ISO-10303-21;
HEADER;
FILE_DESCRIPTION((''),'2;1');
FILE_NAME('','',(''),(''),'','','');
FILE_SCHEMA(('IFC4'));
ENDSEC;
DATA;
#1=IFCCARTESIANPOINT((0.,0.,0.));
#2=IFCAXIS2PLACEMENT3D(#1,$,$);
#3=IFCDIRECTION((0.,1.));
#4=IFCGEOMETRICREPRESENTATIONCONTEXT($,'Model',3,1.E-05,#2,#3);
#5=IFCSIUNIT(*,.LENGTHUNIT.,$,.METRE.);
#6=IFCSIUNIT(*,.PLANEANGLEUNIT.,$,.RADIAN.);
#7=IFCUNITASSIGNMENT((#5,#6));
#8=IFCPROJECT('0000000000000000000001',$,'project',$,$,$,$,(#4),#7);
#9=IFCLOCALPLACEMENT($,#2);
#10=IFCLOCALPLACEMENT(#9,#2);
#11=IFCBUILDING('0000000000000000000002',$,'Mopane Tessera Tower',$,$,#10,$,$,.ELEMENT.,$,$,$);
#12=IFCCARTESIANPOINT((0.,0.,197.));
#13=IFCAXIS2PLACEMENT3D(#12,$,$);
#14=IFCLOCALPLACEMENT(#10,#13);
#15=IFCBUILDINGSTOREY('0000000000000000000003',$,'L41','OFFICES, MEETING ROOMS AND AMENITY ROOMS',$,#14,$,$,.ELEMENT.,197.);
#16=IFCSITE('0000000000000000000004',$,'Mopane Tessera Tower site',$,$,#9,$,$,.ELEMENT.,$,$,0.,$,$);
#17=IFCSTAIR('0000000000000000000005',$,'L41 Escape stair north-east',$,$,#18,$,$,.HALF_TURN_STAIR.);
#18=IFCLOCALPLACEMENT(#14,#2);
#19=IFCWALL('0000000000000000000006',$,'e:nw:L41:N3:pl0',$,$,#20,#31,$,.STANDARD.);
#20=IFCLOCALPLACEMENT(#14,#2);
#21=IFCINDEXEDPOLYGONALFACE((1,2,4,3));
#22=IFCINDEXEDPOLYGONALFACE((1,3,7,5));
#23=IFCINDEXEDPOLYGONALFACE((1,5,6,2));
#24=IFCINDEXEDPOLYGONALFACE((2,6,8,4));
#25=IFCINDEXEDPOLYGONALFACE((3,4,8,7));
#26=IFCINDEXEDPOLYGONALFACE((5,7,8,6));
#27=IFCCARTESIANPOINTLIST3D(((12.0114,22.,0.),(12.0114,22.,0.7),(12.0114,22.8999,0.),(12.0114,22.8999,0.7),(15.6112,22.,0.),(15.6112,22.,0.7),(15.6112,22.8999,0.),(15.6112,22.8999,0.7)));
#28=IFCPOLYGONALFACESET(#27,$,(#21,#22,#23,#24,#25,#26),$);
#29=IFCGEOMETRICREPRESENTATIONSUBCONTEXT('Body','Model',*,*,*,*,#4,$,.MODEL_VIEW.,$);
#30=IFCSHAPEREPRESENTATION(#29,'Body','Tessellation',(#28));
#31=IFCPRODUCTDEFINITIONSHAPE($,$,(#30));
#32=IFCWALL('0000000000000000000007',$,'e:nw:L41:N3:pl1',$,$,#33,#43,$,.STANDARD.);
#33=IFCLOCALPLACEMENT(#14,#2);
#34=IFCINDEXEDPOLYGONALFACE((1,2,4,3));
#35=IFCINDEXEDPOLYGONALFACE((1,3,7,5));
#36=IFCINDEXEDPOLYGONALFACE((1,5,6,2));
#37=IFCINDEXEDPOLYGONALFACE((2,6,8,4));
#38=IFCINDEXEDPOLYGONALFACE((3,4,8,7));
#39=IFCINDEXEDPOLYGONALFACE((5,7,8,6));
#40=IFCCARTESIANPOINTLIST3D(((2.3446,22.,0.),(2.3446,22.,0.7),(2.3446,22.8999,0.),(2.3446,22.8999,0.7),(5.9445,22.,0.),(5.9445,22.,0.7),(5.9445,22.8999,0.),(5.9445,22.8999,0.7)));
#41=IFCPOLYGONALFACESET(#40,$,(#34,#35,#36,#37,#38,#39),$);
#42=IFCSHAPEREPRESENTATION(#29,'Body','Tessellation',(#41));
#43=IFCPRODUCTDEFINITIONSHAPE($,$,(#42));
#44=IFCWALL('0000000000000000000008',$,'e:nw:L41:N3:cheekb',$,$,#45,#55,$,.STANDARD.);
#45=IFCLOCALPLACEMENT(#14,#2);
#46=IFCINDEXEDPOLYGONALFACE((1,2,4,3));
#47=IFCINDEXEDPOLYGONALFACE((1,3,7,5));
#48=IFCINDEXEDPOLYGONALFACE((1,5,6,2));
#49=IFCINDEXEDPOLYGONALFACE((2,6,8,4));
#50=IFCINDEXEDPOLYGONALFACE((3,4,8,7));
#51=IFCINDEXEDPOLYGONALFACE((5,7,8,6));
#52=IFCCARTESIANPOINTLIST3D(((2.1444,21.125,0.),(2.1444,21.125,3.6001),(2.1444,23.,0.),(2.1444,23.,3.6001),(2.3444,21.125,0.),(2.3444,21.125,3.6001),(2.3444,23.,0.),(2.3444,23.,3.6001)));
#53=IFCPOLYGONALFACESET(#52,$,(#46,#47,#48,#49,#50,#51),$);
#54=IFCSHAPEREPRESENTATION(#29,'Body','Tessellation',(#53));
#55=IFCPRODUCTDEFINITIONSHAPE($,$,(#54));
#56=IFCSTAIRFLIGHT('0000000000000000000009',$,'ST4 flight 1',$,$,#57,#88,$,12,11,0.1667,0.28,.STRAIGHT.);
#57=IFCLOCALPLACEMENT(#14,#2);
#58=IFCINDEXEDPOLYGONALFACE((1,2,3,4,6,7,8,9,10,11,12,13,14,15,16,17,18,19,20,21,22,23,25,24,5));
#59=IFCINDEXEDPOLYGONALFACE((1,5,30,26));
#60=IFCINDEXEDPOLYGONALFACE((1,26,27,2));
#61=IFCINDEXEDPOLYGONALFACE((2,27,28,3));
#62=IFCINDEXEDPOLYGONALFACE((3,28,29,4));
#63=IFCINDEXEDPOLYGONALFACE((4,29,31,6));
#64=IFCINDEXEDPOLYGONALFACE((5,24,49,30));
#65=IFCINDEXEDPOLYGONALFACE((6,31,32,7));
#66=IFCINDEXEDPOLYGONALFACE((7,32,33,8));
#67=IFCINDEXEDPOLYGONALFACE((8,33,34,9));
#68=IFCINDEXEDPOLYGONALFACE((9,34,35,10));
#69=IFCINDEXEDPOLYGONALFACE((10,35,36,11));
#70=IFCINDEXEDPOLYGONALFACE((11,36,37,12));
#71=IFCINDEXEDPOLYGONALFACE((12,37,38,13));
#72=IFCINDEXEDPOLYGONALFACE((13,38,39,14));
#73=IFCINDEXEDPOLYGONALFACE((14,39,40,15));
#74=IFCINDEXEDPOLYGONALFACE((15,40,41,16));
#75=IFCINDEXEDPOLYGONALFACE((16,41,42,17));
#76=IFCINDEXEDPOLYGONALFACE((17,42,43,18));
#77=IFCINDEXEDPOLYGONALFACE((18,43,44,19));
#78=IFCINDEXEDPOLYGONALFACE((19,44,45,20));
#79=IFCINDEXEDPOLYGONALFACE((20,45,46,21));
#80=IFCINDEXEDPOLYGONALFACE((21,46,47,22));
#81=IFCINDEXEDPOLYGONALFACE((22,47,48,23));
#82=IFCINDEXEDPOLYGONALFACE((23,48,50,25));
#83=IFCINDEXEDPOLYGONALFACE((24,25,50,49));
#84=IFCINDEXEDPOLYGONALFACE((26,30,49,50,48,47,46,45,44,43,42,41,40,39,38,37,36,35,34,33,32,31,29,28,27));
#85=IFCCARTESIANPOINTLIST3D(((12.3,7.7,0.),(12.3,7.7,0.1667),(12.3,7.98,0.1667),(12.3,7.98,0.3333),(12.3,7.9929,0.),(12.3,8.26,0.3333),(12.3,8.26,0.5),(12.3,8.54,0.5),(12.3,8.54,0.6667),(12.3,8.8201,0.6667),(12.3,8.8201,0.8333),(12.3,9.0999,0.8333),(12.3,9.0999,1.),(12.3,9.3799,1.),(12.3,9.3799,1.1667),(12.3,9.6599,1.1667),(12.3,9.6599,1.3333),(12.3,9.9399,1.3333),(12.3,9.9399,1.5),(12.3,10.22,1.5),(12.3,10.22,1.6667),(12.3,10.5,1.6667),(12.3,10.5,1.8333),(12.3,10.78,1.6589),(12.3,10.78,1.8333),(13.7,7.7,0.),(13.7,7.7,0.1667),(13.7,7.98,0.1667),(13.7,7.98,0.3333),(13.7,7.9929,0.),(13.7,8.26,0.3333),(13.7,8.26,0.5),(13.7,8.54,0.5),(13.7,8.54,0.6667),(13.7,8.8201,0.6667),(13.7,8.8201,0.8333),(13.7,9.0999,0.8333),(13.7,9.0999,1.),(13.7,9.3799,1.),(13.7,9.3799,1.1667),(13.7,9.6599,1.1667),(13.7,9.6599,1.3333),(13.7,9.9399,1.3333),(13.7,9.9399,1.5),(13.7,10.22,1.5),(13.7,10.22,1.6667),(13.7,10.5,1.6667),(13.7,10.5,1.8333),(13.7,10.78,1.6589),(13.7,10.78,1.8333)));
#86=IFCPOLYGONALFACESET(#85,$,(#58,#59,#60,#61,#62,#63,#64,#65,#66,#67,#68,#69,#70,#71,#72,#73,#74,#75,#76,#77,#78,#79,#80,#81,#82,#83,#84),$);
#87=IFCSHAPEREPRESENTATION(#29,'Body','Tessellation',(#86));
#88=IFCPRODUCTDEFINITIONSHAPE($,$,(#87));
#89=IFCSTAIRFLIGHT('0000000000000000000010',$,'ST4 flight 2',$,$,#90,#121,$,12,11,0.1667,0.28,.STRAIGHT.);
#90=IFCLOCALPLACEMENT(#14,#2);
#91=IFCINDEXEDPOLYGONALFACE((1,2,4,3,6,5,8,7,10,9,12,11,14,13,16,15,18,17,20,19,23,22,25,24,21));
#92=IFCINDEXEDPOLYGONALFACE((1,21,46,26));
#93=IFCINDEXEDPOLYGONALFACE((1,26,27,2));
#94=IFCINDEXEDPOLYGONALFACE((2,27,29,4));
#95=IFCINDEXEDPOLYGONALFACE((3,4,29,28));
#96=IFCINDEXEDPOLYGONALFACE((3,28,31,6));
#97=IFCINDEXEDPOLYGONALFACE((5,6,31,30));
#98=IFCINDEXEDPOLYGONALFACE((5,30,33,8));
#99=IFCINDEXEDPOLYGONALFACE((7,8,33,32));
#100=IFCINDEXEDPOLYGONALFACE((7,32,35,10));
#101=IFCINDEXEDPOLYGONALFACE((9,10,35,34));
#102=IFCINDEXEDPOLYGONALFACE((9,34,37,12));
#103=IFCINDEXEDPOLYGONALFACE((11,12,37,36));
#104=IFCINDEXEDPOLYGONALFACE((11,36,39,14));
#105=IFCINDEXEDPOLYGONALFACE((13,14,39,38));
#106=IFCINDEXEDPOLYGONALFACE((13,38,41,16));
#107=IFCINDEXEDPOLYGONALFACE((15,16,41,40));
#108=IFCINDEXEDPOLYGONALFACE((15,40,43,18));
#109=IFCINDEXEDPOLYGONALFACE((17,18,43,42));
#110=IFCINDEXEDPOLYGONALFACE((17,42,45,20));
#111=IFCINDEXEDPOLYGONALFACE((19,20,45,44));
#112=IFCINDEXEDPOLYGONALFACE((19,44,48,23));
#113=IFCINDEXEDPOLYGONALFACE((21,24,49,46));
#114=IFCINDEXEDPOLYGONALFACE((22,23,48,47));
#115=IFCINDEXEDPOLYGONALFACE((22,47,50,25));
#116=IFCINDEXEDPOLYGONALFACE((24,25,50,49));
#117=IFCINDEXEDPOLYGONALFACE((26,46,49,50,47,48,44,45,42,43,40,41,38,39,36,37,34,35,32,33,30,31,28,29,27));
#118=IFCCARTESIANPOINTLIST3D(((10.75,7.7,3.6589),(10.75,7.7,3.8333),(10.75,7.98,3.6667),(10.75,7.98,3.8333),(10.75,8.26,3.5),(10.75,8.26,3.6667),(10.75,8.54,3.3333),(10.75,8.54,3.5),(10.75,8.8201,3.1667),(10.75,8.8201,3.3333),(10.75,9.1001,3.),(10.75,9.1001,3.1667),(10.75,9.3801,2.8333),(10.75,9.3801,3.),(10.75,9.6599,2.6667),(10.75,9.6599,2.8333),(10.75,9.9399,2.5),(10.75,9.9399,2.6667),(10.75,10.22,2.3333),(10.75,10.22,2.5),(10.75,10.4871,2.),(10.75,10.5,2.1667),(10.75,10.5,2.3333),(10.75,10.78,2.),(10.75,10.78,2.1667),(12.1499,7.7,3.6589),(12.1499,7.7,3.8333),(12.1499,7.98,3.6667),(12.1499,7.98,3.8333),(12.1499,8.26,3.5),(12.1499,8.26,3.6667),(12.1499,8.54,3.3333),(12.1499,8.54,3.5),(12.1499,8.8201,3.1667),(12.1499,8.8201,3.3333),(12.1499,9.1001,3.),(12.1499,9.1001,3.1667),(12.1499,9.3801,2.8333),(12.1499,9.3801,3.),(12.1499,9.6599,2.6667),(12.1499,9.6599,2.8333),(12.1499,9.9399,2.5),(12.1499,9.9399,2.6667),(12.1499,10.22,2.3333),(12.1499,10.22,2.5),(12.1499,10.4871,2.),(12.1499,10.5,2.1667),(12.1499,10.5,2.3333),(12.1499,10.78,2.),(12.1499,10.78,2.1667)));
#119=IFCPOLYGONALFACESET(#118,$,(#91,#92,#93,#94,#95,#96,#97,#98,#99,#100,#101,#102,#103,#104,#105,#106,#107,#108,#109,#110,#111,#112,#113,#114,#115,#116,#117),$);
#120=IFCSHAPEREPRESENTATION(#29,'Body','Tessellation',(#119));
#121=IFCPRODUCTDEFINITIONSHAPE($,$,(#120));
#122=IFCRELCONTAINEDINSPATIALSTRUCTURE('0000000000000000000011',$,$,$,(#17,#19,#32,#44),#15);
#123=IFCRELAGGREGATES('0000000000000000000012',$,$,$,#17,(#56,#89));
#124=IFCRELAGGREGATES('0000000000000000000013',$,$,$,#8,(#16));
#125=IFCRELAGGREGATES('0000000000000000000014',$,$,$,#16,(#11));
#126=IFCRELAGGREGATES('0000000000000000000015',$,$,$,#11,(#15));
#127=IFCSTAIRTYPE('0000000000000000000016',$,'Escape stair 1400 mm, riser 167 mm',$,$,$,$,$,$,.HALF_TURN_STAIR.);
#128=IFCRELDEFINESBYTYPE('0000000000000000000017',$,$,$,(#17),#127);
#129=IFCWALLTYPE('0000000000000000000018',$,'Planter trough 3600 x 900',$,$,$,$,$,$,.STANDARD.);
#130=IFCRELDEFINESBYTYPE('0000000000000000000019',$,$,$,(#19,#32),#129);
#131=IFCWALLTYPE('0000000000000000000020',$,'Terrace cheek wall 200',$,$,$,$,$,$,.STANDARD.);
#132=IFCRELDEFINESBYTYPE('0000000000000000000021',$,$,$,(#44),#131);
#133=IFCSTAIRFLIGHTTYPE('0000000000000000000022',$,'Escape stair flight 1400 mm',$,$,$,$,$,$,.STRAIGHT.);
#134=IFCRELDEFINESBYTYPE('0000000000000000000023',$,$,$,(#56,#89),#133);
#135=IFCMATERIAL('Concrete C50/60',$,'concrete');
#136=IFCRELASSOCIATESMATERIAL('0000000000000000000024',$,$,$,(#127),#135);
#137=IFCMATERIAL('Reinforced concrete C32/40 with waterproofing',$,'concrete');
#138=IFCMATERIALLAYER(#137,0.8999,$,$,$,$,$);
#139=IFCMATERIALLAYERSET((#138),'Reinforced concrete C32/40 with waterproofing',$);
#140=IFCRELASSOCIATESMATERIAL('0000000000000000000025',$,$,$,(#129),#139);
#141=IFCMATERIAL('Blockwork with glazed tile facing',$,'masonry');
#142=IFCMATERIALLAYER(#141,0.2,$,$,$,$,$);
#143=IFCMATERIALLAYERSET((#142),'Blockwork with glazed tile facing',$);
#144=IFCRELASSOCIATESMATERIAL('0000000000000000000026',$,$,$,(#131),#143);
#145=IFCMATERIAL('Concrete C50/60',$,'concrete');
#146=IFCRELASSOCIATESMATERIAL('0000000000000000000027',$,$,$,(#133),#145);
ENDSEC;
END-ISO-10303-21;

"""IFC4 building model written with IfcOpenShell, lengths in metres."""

from ifc_helpers import new_model, si_unit, direction, frame, frame_2d, origin, place, context, subcontext, project, spatial, polyline, rectangle, outline, extrude, material, layer, layer_set, type_object, element, aggregate, save


model = new_model("IFC4")

# Units and contexts
model_context = context("Model", 3, precision=1e-05, world=origin(), true_north=direction((0.0, 1.0)))
body_context = subcontext(model_context, "Body", "Model", "MODEL_VIEW")
ifc_project = project(units=[si_unit("LENGTHUNIT", "METRE"), si_unit("PLANEANGLEUNIT", "RADIAN")], contexts=[model_context])

# Site, building, storey
site_placement = place(None, origin())
site = spatial("IfcSite", under=ifc_project, at=site_placement, Name="Mopane Tessera Tower site", CompositionType="ELEMENT", RefElevation=0.0)
building_placement = place(site_placement, origin())
building = spatial("IfcBuilding", under=site, at=building_placement, Name="Mopane Tessera Tower", CompositionType="ELEMENT")
storey_placement = place(building_placement, frame((0.0, 0.0, 197.0)))
storey = spatial("IfcBuildingStorey", under=building, at=storey_placement, Name="L41", Description="OFFICES, MEETING ROOMS AND AMENITY ROOMS", CompositionType="ELEMENT", Elevation=197.0)

# Stair
ifc_material_1 = material(Name="Concrete C50/60", Category="concrete")
stair_type = type_object("IfcStairType", Name="Escape stair 1400 mm, riser 167 mm", PredefinedType="HALF_TURN_STAIR", material=ifc_material_1)
stair_1_placement = place(storey_placement, origin())
stair_1 = element("IfcStair", 1, at=stair_1_placement, inside=storey, type_object=stair_type, Name="L41 Escape stair north-east", PredefinedType="HALF_TURN_STAIR")

# Walls
ifc_material_2 = material(Name="Reinforced concrete C32/40 with waterproofing", Category="concrete")
ifc_layer_1 = layer(ifc_material_2, 0.8999)
ifc_layer_set_1 = layer_set([ifc_layer_1], Name="Reinforced concrete C32/40 with waterproofing")
wall_type_1 = type_object("IfcWallType", Name="Planter trough 3600 x 900", PredefinedType="STANDARD", material=ifc_layer_set_1)
for number, where, z_axis, x_axis, name in (
    (2, (15.6111, 22.45, 0.0), (0.0, 0.0, 1.0), (-1.0, 0.0, 0.0), "e:nw:L41:N3:pl0"),
    (3, (5.9443, 22.45, 0.0), (0.0, 0.0, 1.0), (-1.0, 0.0, 0.0), "e:nw:L41:N3:pl1"),
):
    element("IfcWall", number, at=place(storey_placement, frame(where, z_axis=z_axis, x_axis=x_axis)), inside=storey, type_object=wall_type_1, Name=name, PredefinedType="STANDARD", context=body_context, shape_type="SweptSolid", body=[
        extrude(rectangle(XDim=3.5999, YDim=0.8999, at=frame_2d((1.7998, 0.0))), origin(), (0.0, 0.0, 1.0), 0.7),
    ])
ifc_material_3 = material(Name="Blockwork with glazed tile facing", Category="masonry")
ifc_layer_2 = layer(ifc_material_3, 0.2)
ifc_layer_set_2 = layer_set([ifc_layer_2], Name="Blockwork with glazed tile facing")
wall_type_2 = type_object("IfcWallType", Name="Terrace cheek wall 200", PredefinedType="STANDARD", material=ifc_layer_set_2)
wall_1_placement = place(storey_placement, frame((2.2444, 23.0, 0.0), z_axis=(0.0, 0.0, 1.0), x_axis=(0.0, -1.0, 0.0)))
element("IfcWall", 4, at=wall_1_placement, inside=storey, type_object=wall_type_2, Name="e:nw:L41:N3:cheekb", PredefinedType="STANDARD", context=body_context, shape_type="SweptSolid", body=[
    extrude(rectangle(XDim=1.875, YDim=0.2, at=frame_2d((0.9375, 0.0))), origin(), (0.0, 0.0, 1.0), 3.6001),
])

# Stair flights
ifc_material_4 = material(Name="Concrete C50/60", Category="concrete")
stair_flight_type = type_object("IfcStairFlightType", Name="Escape stair flight 1400 mm", PredefinedType="STRAIGHT", material=ifc_material_4)
stair_flight_1_placement = place(storey_placement, frame((13.0, 7.7, 0.0), z_axis=(0.0, 0.0, 1.0), x_axis=(0.0, 1.0, 0.0)))
stair_flight_1 = element("IfcStairFlight", 5, at=stair_flight_1_placement, type_object=stair_flight_type, Name="ST4 flight 1", NumberOfRisers=12, NumberOfTreads=11, PredefinedType="STRAIGHT", RiserHeight=0.1667, TreadLength=0.28, context=body_context, shape_type="SweptSolid", body=[
    extrude(outline(polyline([(0.0, 0.0), (0.0, 0.1667), (0.28, 0.1667), (0.28, 0.3333), (0.5601, 0.3333), (0.5601, 0.5), (0.8401, 0.5), (0.8401, 0.6667), (1.1201, 0.6667), (1.1201, 0.8333), (1.3999, 0.8333), (1.3999, 1.0), (1.6799, 1.0), (1.6799, 1.1667), (1.96, 1.1667), (1.96, 1.3333), (2.24, 1.3333), (2.24, 1.5), (2.52, 1.5), (2.52, 1.6667), (2.8, 1.6667), (2.8, 1.8333), (3.0801, 1.8333), (3.0801, 2.0), (3.0801, 1.6589), (0.293, 0.0), (0.0, 0.0)])), frame((0.0, 0.7, 0.0), z_axis=(0.0, -1.0, 0.0), x_axis=(1.0, 0.0, 0.0)), (0.0, 0.0, 1.0), 1.3999),
])
stair_flight_2_placement = place(storey_placement, frame((11.45, 10.78, 2.0), z_axis=(0.0, 0.0, 1.0), x_axis=(0.0, -1.0, 0.0)))
stair_flight_2 = element("IfcStairFlight", 6, at=stair_flight_2_placement, type_object=stair_flight_type, Name="ST4 flight 2", NumberOfRisers=12, NumberOfTreads=11, PredefinedType="STRAIGHT", RiserHeight=0.1667, TreadLength=0.28, context=body_context, shape_type="SweptSolid", body=[
    extrude(outline(polyline([(0.0, 0.0), (0.0, 0.1667), (0.28, 0.1667), (0.28, 0.3333), (0.5601, 0.3333), (0.5601, 0.5), (0.8401, 0.5), (0.8401, 0.6667), (1.1201, 0.6667), (1.1201, 0.8333), (1.3999, 0.8333), (1.3999, 1.0), (1.6799, 1.0), (1.6799, 1.1667), (1.96, 1.1667), (1.96, 1.3333), (2.24, 1.3333), (2.24, 1.5), (2.52, 1.5), (2.52, 1.6667), (2.8, 1.6667), (2.8, 1.8333), (3.0801, 1.8333), (3.0801, 2.0), (3.0801, 1.6589), (0.293, 0.0), (0.0, 0.0)])), frame((0.0, 0.7, 0.0), z_axis=(0.0, -1.0, 0.0), x_axis=(1.0, 0.0, 0.0)), (0.0, 0.0, 1.0), 1.3999),
])
aggregate(stair_1, [stair_flight_1, stair_flight_2])

save(model, "model.ifc")
